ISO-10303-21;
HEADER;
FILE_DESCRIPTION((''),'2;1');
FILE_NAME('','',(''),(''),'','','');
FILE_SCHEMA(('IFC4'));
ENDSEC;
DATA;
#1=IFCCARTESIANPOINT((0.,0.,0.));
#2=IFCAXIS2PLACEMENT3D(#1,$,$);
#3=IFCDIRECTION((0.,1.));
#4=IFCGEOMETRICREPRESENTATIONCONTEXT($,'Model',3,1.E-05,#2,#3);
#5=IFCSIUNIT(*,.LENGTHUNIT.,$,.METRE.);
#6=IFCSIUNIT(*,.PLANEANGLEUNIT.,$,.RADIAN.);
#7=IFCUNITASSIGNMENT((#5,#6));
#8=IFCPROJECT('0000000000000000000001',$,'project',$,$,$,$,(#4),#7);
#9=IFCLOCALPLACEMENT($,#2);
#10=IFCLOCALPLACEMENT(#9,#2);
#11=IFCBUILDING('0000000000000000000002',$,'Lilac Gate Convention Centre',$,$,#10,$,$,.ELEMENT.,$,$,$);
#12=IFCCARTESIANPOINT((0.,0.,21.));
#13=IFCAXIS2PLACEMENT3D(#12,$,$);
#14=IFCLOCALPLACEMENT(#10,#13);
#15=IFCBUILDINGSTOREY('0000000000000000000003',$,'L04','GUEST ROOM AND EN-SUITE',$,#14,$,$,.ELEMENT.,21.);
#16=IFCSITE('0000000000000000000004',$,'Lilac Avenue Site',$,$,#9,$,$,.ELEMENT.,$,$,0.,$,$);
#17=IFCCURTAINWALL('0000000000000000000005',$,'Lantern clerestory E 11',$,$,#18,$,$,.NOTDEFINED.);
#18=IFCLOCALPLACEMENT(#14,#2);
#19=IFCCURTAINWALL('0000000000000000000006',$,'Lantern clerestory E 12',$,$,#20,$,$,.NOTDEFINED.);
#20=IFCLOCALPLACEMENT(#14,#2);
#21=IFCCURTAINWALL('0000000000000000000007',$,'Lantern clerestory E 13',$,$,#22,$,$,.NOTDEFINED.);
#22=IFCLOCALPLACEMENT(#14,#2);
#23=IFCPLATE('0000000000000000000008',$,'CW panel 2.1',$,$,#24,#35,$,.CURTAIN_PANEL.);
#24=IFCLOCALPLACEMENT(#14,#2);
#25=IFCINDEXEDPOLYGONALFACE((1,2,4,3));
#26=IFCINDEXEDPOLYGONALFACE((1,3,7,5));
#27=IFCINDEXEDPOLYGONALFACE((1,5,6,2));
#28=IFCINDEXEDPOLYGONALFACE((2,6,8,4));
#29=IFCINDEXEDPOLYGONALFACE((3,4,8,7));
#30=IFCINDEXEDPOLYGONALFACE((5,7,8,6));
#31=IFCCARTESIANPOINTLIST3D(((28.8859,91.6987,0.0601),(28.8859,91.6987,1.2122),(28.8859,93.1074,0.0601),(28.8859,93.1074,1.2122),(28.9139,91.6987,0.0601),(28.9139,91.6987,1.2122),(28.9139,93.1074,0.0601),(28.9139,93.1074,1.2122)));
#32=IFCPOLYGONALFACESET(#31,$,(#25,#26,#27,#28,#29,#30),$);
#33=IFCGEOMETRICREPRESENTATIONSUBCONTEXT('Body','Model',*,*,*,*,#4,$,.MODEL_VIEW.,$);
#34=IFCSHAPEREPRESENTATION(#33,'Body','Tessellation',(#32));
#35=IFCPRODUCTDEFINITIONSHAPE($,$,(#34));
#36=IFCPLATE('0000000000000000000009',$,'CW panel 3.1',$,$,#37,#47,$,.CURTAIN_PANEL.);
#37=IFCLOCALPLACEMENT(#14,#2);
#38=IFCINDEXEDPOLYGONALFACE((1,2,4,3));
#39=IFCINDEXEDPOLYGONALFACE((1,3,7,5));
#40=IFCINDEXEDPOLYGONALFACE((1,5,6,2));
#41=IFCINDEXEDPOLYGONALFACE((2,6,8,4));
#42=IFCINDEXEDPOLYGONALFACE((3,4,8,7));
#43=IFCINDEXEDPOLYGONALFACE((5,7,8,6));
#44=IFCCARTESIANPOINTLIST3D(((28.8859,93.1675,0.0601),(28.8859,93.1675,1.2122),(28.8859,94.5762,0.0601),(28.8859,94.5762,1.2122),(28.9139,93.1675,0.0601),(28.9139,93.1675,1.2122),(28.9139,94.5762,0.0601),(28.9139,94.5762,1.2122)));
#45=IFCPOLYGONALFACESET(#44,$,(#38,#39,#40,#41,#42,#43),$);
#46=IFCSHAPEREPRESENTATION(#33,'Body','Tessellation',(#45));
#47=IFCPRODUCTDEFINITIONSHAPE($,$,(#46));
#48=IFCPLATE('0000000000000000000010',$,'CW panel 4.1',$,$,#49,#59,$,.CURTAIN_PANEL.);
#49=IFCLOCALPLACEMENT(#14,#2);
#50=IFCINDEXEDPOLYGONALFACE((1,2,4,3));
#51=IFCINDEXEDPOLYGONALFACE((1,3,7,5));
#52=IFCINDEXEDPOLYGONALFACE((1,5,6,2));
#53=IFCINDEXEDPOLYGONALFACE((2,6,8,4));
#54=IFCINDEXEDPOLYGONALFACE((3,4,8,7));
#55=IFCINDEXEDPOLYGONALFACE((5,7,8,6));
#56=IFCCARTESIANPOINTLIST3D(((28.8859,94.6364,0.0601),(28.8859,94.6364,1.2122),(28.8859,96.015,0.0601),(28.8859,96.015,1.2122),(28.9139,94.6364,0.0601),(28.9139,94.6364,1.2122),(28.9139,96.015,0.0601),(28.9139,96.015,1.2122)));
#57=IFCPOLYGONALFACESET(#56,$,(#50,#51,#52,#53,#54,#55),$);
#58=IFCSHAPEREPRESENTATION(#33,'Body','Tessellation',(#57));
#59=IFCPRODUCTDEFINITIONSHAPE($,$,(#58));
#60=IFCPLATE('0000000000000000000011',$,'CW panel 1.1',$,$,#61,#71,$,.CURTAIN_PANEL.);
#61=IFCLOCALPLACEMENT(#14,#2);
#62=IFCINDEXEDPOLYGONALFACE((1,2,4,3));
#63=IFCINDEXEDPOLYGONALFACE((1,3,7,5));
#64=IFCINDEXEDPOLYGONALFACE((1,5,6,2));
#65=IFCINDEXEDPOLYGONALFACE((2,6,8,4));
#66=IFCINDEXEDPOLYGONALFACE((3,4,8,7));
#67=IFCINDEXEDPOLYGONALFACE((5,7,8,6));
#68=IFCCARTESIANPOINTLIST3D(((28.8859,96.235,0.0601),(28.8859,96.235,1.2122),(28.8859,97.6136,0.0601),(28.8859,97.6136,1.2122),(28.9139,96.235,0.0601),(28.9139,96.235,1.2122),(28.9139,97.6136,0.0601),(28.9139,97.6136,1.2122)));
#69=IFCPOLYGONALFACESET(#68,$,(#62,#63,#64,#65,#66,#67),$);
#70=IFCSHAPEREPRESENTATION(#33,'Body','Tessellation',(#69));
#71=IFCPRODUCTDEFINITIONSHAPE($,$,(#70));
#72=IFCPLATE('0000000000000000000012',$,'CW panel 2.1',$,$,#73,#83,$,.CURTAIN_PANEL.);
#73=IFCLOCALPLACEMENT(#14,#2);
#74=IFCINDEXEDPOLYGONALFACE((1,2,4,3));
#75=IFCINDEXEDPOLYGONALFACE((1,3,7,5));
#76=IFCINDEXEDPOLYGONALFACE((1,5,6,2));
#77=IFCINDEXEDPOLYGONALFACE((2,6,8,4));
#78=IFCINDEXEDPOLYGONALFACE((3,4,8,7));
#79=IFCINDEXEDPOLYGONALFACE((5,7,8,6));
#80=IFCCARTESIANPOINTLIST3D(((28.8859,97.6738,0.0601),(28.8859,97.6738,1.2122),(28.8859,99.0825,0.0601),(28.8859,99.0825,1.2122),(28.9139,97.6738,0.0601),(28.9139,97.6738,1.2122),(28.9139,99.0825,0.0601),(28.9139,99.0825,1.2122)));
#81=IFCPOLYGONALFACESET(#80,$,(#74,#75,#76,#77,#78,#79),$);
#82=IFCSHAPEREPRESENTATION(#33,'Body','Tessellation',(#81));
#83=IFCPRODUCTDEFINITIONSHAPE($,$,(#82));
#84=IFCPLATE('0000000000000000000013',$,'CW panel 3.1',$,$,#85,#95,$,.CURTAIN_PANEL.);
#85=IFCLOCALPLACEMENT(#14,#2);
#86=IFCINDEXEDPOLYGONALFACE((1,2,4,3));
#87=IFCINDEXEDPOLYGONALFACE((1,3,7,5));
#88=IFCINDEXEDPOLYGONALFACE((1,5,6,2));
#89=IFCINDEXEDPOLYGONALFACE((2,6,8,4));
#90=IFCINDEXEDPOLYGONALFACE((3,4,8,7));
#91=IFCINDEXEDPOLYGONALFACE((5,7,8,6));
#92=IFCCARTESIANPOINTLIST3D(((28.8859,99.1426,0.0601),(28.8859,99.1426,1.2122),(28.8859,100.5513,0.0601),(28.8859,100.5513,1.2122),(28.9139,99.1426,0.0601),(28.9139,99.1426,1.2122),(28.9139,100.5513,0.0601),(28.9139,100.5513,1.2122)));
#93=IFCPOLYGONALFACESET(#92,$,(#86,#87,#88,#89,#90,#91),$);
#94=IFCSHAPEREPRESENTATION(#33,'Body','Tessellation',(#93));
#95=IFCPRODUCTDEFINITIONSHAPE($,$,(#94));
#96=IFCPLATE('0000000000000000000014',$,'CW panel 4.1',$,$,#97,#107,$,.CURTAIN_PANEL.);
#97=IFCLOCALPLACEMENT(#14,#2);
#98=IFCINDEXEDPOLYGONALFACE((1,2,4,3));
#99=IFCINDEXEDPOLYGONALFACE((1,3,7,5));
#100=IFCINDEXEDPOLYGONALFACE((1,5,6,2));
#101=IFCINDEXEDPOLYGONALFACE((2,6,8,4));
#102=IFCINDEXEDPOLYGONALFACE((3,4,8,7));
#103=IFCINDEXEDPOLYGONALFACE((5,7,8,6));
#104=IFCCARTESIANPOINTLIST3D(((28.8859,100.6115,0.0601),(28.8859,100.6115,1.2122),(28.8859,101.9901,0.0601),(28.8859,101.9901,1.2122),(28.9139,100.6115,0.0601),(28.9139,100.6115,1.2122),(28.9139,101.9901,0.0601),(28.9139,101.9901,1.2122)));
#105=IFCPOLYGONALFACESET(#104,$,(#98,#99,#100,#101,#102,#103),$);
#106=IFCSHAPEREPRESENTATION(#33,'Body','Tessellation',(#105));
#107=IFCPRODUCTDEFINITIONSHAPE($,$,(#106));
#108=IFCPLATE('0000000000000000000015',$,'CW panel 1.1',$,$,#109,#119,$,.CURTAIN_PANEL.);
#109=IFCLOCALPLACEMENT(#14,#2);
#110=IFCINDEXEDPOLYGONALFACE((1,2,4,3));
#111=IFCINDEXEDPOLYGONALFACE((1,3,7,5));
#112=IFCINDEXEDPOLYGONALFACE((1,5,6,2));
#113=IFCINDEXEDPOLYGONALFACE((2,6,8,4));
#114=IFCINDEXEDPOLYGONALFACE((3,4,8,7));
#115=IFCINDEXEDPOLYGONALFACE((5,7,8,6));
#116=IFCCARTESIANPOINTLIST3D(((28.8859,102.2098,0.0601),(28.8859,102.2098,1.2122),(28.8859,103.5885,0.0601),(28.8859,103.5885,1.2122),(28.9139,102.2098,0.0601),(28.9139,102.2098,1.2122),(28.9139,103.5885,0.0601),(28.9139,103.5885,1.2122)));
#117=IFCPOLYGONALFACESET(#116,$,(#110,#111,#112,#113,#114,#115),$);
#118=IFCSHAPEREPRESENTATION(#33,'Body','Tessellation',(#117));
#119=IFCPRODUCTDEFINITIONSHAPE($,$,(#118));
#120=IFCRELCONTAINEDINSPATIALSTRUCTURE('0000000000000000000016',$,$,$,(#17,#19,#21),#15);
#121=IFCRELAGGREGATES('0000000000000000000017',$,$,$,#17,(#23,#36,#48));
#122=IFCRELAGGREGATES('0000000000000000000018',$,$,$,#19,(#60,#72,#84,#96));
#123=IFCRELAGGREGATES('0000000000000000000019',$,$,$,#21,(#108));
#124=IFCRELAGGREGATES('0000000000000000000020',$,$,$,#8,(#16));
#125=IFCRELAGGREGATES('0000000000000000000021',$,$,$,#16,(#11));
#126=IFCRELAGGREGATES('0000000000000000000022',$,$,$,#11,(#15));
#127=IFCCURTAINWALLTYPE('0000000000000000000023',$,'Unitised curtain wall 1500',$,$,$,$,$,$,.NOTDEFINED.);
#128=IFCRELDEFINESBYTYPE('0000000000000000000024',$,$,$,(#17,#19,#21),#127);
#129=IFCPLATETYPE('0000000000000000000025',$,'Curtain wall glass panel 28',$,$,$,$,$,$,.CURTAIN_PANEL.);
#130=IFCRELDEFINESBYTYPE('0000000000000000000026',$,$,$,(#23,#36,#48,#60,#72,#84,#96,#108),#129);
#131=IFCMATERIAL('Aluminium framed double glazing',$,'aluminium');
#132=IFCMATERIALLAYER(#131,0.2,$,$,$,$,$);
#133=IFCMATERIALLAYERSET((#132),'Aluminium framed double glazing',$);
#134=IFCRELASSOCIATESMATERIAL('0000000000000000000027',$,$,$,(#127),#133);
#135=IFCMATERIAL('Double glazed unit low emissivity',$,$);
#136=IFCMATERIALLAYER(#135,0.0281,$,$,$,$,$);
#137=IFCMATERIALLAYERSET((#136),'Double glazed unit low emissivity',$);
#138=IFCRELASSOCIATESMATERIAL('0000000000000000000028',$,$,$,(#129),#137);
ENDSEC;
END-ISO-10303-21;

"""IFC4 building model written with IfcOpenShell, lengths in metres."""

from ifc_helpers import new_model, si_unit, direction, frame, origin, origin_2d, place, context, subcontext, project, spatial, rectangle, extrude, material, layer, layer_set, type_object, element, aggregate, save


model = new_model("IFC4")

# Units and contexts
model_context = context("Model", 3, precision=1e-05, world=origin(), true_north=direction((0.0, 1.0)))
body_context = subcontext(model_context, "Body", "Model", "MODEL_VIEW")
ifc_project = project(units=[si_unit("LENGTHUNIT", "METRE"), si_unit("PLANEANGLEUNIT", "RADIAN")], contexts=[model_context])

# Site, building, storey
site_placement = place(None, origin())
site = spatial("IfcSite", under=ifc_project, at=site_placement, Name="Lilac Avenue Site", CompositionType="ELEMENT", RefElevation=0.0)
building_placement = place(site_placement, origin())
building = spatial("IfcBuilding", under=site, at=building_placement, Name="Lilac Gate Convention Centre", CompositionType="ELEMENT")
storey_placement = place(building_placement, frame((0.0, 0.0, 21.0)))
storey = spatial("IfcBuildingStorey", under=building, at=storey_placement, Name="L04", Description="GUEST ROOM AND EN-SUITE", CompositionType="ELEMENT", Elevation=21.0)

# Curtain walls
ifc_material_1 = material(Name="Aluminium framed double glazing", Category="aluminium")
ifc_layer_1 = layer(ifc_material_1, 0.2)
ifc_layer_set_1 = layer_set([ifc_layer_1], Name="Aluminium framed double glazing")
curtain_wall_type = type_object("IfcCurtainWallType", Name="Unitised curtain wall 1500", PredefinedType="NOTDEFINED", material=ifc_layer_set_1)
curtain_wall_1_placement = place(storey_placement, origin())
curtain_wall_1 = element("IfcCurtainWall", 1, at=curtain_wall_1_placement, inside=storey, type_object=curtain_wall_type, Name="Lantern clerestory E 11", PredefinedType="NOTDEFINED")
curtain_wall_2_placement = place(storey_placement, origin())
curtain_wall_2 = element("IfcCurtainWall", 2, at=curtain_wall_2_placement, inside=storey, type_object=curtain_wall_type, Name="Lantern clerestory E 12", PredefinedType="NOTDEFINED")
curtain_wall_3_placement = place(storey_placement, origin())
curtain_wall_3 = element("IfcCurtainWall", 3, at=curtain_wall_3_placement, inside=storey, type_object=curtain_wall_type, Name="Lantern clerestory E 13", PredefinedType="NOTDEFINED")

# Plates
ifc_material_2 = material(Name="Double glazed unit low emissivity")
ifc_layer_2 = layer(ifc_material_2, 0.0281)
ifc_layer_set_2 = layer_set([ifc_layer_2], Name="Double glazed unit low emissivity")
plate_type = type_object("IfcPlateType", Name="Curtain wall glass panel 28", PredefinedType="CURTAIN_PANEL", material=ifc_layer_set_2)
plate_1_placement = place(storey_placement, frame((28.8999, 92.4031, 0.0601), z_axis=(0.0, 0.0, 1.0), x_axis=(0.0, 1.0, 0.0)))
plate_1 = element("IfcPlate", 4, at=plate_1_placement, type_object=plate_type, Name="CW panel 2.1", PredefinedType="CURTAIN_PANEL", context=body_context, shape_type="SweptSolid", body=[
    extrude(rectangle(XDim=1.4087, YDim=0.0281, at=origin_2d()), origin(), (0.0, 0.0, 1.0), 1.1521),
])
plate_2_placement = place(storey_placement, frame((28.8999, 93.8718, 0.0601), z_axis=(0.0, 0.0, 1.0), x_axis=(0.0, 1.0, 0.0)))
plate_2 = element("IfcPlate", 5, at=plate_2_placement, type_object=plate_type, Name="CW panel 3.1", PredefinedType="CURTAIN_PANEL", context=body_context, shape_type="SweptSolid", body=[
    extrude(rectangle(XDim=1.4087, YDim=0.0281, at=origin_2d()), origin(), (0.0, 0.0, 1.0), 1.1521),
])
plate_3_placement = place(storey_placement, frame((28.8999, 95.3257, 0.0601), z_axis=(0.0, 0.0, 1.0), x_axis=(0.0, 1.0, 0.0)))
plate_3 = element("IfcPlate", 6, at=plate_3_placement, type_object=plate_type, Name="CW panel 4.1", PredefinedType="CURTAIN_PANEL", context=body_context, shape_type="SweptSolid", body=[
    extrude(rectangle(XDim=1.3787, YDim=0.0281, at=origin_2d()), origin(), (0.0, 0.0, 1.0), 1.1521),
])
aggregate(curtain_wall_1, [plate_1, plate_2, plate_3])
plate_4_placement = place(storey_placement, frame((28.8999, 96.9243, 0.0601), z_axis=(0.0, 0.0, 1.0), x_axis=(0.0, 1.0, 0.0)))
plate_4 = element("IfcPlate", 7, at=plate_4_placement, type_object=plate_type, Name="CW panel 1.1", PredefinedType="CURTAIN_PANEL", context=body_context, shape_type="SweptSolid", body=[
    extrude(rectangle(XDim=1.3787, YDim=0.0281, at=origin_2d()), origin(), (0.0, 0.0, 1.0), 1.1521),
])
plate_5_placement = place(storey_placement, frame((28.8999, 98.3782, 0.0601), z_axis=(0.0, 0.0, 1.0), x_axis=(0.0, 1.0, 0.0)))
plate_5 = element("IfcPlate", 8, at=plate_5_placement, type_object=plate_type, Name="CW panel 2.1", PredefinedType="CURTAIN_PANEL", context=body_context, shape_type="SweptSolid", body=[
    extrude(rectangle(XDim=1.4087, YDim=0.0281, at=origin_2d()), origin(), (0.0, 0.0, 1.0), 1.1521),
])
plate_6_placement = place(storey_placement, frame((28.8999, 99.8469, 0.0601), z_axis=(0.0, 0.0, 1.0), x_axis=(0.0, 1.0, 0.0)))
plate_6 = element("IfcPlate", 9, at=plate_6_placement, type_object=plate_type, Name="CW panel 3.1", PredefinedType="CURTAIN_PANEL", context=body_context, shape_type="SweptSolid", body=[
    extrude(rectangle(XDim=1.4087, YDim=0.0281, at=origin_2d()), origin(), (0.0, 0.0, 1.0), 1.1521),
])
plate_7_placement = place(storey_placement, frame((28.8999, 101.3008, 0.0601), z_axis=(0.0, 0.0, 1.0), x_axis=(0.0, 1.0, 0.0)))
plate_7 = element("IfcPlate", 10, at=plate_7_placement, type_object=plate_type, Name="CW panel 4.1", PredefinedType="CURTAIN_PANEL", context=body_context, shape_type="SweptSolid", body=[
    extrude(rectangle(XDim=1.3787, YDim=0.0281, at=origin_2d()), origin(), (0.0, 0.0, 1.0), 1.1521),
])
aggregate(curtain_wall_2, [plate_4, plate_5, plate_6, plate_7])
plate_8_placement = place(storey_placement, frame((28.8999, 102.8992, 0.0601), z_axis=(0.0, 0.0, 1.0), x_axis=(0.0, 1.0, 0.0)))
plate_8 = element("IfcPlate", 11, at=plate_8_placement, type_object=plate_type, Name="CW panel 1.1", PredefinedType="CURTAIN_PANEL", context=body_context, shape_type="SweptSolid", body=[
    extrude(rectangle(XDim=1.3787, YDim=0.0281, at=origin_2d()), origin(), (0.0, 0.0, 1.0), 1.1521),
])
aggregate(curtain_wall_3, [plate_8])

save(model, "model.ifc")
